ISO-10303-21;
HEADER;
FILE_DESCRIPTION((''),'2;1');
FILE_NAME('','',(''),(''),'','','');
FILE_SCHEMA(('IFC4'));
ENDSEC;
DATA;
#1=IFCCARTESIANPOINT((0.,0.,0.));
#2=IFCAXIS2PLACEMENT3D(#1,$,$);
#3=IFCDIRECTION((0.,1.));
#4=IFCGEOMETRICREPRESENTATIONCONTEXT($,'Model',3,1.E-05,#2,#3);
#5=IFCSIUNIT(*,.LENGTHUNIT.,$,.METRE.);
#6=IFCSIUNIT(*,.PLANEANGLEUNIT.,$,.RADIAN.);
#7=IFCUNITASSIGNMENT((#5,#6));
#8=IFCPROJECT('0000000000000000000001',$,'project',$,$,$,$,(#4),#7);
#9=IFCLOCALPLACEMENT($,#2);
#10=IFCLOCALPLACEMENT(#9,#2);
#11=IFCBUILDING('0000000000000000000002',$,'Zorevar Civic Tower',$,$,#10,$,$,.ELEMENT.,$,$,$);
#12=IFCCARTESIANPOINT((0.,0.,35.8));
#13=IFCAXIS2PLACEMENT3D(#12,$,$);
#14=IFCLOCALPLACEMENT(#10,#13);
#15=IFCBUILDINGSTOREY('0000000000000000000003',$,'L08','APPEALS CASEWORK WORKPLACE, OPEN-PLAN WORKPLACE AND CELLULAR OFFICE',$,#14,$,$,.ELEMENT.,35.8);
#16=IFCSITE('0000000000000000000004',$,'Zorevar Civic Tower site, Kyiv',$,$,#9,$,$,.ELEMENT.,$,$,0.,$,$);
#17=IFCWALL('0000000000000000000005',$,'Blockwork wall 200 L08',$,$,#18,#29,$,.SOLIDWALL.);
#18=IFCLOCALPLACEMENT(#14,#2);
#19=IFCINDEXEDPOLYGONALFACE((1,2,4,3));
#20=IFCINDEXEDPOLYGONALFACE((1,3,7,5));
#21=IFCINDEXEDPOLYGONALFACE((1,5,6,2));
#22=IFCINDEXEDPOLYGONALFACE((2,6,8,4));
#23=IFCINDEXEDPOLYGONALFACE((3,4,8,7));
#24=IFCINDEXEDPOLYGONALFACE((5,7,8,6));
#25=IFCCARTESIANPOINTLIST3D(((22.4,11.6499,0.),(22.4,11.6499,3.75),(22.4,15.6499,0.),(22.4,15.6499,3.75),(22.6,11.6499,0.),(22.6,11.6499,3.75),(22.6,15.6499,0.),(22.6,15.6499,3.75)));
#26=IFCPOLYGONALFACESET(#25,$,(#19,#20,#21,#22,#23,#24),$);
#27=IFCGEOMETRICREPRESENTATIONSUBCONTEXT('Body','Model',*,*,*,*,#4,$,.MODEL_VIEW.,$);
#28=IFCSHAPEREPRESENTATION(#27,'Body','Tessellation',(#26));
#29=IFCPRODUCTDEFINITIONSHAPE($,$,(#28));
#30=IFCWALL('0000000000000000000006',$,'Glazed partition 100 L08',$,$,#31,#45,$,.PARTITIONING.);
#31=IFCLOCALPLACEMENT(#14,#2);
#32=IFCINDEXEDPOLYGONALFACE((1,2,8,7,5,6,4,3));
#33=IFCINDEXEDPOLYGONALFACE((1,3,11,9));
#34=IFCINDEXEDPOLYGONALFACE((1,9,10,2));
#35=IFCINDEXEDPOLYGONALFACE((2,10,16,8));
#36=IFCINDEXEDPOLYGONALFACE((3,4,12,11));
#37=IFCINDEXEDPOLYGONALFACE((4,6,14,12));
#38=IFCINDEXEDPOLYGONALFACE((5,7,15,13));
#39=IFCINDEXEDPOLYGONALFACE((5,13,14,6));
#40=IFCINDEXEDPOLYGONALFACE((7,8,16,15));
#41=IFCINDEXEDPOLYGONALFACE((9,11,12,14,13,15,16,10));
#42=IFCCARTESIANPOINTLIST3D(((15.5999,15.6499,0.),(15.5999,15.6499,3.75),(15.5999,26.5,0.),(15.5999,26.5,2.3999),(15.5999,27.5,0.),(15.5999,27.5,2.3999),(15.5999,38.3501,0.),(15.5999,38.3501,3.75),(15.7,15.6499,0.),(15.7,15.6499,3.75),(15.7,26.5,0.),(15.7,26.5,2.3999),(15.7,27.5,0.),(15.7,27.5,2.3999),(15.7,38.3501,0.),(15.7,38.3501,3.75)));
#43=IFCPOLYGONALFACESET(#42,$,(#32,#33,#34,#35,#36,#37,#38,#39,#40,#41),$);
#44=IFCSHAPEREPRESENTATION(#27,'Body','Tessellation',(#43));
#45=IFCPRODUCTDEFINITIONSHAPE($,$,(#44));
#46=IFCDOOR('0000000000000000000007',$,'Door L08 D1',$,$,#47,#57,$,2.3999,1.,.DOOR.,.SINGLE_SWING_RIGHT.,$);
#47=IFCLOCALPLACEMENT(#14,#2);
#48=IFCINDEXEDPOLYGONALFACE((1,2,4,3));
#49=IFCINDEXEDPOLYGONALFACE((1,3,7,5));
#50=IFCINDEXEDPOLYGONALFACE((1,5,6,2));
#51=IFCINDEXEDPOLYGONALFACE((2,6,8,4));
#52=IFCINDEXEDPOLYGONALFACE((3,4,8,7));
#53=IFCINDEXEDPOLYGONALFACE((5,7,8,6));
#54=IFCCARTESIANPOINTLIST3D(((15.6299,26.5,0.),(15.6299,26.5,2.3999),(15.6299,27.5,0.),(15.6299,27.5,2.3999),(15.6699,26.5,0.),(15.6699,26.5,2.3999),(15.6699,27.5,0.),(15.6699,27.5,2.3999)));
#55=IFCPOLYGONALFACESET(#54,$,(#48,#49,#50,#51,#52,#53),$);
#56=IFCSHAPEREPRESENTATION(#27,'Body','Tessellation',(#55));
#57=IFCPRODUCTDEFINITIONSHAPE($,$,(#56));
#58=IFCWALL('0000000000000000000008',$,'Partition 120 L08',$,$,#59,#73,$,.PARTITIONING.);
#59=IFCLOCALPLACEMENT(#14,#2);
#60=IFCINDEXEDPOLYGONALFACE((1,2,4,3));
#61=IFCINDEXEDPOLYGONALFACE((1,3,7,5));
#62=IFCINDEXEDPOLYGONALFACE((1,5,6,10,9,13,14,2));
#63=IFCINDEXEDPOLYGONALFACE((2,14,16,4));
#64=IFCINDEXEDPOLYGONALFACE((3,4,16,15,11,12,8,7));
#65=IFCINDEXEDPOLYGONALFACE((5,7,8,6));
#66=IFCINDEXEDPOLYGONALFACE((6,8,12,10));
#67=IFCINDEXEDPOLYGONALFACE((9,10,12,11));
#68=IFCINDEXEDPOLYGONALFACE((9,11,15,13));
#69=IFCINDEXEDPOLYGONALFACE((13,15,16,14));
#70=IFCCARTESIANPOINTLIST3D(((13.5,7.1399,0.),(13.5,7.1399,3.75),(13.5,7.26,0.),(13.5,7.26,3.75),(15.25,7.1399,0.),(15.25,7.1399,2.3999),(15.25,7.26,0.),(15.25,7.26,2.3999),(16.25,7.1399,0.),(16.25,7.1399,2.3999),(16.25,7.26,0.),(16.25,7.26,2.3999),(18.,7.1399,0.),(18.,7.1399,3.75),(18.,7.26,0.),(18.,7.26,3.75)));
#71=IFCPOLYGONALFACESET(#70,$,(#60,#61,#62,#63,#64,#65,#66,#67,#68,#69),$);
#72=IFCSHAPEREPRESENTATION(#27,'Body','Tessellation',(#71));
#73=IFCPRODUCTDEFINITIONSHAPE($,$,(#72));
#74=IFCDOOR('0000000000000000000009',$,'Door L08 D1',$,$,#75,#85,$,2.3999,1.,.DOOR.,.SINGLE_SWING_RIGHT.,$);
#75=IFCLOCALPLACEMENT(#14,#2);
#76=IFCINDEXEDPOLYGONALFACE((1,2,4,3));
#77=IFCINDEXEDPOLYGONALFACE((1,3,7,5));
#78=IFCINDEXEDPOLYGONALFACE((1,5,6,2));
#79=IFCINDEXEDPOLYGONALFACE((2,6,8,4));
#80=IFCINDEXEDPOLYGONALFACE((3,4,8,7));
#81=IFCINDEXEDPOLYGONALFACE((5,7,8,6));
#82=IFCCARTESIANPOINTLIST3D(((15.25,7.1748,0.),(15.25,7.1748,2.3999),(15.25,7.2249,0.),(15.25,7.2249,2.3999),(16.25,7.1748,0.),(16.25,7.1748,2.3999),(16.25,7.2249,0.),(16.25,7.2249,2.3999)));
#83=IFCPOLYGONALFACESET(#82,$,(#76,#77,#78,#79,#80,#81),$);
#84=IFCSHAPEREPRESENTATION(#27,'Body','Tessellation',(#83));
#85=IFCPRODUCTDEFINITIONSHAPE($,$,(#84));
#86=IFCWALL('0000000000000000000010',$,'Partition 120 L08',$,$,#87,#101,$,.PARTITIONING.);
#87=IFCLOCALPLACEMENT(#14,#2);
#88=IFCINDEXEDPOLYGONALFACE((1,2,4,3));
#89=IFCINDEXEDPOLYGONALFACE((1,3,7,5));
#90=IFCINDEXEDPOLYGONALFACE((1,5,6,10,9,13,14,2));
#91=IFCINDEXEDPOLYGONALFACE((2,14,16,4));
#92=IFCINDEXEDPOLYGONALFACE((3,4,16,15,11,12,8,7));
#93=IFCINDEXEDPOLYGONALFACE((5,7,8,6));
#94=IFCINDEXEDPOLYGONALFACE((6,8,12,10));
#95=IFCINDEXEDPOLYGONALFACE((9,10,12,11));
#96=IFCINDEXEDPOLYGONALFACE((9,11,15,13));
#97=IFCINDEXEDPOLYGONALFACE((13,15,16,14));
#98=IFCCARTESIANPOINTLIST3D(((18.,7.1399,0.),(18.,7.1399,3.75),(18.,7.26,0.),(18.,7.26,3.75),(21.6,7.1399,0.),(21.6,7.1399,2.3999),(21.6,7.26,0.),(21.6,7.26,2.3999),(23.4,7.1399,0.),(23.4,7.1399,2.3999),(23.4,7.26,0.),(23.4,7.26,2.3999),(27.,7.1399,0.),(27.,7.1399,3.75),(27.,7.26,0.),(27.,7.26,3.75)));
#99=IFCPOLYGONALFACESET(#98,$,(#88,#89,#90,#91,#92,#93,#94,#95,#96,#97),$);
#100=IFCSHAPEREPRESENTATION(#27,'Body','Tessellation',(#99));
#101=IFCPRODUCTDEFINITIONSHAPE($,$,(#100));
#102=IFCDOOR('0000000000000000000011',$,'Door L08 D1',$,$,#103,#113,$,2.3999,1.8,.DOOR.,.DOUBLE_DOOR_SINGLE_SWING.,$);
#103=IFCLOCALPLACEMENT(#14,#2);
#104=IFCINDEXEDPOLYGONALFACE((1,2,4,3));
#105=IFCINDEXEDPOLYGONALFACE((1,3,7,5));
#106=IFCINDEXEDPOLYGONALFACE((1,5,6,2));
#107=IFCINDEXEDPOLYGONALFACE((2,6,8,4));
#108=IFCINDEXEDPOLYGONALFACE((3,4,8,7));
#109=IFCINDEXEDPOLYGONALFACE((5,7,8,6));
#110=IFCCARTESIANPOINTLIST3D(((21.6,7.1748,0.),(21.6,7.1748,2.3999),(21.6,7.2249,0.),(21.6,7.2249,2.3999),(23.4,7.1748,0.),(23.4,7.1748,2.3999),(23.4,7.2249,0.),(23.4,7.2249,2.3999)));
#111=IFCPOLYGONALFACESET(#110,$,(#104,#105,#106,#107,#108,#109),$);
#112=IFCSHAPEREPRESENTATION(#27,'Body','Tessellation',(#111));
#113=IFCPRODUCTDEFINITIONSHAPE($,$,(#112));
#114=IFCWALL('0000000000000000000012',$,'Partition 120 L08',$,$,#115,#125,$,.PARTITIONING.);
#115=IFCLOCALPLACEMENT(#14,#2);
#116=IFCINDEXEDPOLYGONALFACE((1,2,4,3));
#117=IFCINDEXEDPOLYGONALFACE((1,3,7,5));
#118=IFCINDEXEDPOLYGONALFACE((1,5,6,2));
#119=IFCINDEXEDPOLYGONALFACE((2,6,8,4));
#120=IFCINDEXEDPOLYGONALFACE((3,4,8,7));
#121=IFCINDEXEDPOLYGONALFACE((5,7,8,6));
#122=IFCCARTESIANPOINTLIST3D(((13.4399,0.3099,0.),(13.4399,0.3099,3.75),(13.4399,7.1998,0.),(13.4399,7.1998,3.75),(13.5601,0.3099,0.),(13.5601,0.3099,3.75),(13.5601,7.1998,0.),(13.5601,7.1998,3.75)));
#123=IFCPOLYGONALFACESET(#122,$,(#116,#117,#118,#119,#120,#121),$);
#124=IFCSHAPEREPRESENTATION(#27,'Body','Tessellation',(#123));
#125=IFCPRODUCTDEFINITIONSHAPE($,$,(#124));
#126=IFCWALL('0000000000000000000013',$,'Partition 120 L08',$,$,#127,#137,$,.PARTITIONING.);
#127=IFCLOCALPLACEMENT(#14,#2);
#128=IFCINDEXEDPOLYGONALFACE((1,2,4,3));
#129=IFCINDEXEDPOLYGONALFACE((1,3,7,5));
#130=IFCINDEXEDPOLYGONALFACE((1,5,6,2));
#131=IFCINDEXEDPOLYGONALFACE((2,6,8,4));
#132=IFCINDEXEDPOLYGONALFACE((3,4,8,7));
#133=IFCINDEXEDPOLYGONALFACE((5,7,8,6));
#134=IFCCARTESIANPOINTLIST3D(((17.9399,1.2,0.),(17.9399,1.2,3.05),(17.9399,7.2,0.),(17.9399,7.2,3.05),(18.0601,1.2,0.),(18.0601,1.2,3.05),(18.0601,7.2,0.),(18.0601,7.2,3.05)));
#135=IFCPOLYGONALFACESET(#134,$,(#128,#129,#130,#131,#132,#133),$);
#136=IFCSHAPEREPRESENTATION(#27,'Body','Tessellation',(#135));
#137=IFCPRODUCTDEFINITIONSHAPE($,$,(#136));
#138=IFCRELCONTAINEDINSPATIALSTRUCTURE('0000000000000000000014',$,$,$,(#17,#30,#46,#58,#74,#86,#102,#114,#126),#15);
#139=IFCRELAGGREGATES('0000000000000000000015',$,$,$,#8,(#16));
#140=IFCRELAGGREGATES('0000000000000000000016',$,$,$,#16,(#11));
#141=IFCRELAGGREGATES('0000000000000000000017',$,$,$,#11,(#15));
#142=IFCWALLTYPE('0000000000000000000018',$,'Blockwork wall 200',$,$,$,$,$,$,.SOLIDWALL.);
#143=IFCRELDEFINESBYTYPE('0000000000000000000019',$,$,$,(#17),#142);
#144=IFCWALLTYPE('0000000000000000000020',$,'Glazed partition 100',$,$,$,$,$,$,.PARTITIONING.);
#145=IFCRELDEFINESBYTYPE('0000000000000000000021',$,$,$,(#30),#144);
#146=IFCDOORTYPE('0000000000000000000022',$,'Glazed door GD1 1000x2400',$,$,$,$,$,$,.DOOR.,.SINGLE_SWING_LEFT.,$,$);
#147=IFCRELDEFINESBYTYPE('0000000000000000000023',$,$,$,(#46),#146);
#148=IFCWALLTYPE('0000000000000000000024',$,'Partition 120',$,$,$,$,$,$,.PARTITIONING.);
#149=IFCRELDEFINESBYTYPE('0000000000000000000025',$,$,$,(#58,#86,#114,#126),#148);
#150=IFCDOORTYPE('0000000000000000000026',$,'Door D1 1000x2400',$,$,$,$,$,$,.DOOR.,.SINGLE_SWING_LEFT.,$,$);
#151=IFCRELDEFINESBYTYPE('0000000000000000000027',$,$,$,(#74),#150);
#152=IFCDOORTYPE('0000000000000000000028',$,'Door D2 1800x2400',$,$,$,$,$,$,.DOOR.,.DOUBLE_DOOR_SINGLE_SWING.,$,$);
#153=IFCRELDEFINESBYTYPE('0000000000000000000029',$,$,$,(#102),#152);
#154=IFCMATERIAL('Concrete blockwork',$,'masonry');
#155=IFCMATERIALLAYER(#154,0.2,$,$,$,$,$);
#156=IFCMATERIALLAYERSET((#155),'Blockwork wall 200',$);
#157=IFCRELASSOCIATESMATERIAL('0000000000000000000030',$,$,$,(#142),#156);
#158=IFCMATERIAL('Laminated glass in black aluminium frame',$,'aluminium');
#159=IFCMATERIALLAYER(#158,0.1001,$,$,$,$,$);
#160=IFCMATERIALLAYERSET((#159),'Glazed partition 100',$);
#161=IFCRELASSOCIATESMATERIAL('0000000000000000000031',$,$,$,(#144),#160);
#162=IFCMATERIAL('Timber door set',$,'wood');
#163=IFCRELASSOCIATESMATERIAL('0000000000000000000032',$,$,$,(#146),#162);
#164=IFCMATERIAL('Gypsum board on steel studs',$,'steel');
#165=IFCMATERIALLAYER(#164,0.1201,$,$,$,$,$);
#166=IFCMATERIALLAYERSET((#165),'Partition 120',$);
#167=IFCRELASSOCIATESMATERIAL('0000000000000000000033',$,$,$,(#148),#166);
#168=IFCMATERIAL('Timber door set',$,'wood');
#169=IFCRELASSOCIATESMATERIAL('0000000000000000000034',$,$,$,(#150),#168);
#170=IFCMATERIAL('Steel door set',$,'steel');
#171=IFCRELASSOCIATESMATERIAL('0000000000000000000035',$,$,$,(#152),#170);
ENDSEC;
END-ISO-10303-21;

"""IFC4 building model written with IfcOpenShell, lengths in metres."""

from ifc_helpers import new_model, si_unit, direction, frame, frame_2d, origin, place, context, subcontext, project, spatial, rectangle, extrude, material, layer, layer_set, type_object, element, fill, save


model = new_model("IFC4")

# Units and contexts
model_context = context("Model", 3, precision=1e-05, world=origin(), true_north=direction((0.0, 1.0)))
body_context = subcontext(model_context, "Body", "Model", "MODEL_VIEW")
ifc_project = project(units=[si_unit("LENGTHUNIT", "METRE"), si_unit("PLANEANGLEUNIT", "RADIAN")], contexts=[model_context])

# Site, building, storey
site_placement = place(None, origin())
site = spatial("IfcSite", under=ifc_project, at=site_placement, Name="Zorevar Civic Tower site, Kyiv", CompositionType="ELEMENT", RefElevation=0.0)
building_placement = place(site_placement, origin())
building = spatial("IfcBuilding", under=site, at=building_placement, Name="Zorevar Civic Tower", CompositionType="ELEMENT")
storey_placement = place(building_placement, frame((0.0, 0.0, 35.8)))
storey = spatial("IfcBuildingStorey", under=building, at=storey_placement, Name="L08", Description="APPEALS CASEWORK WORKPLACE, OPEN-PLAN WORKPLACE AND CELLULAR OFFICE", CompositionType="ELEMENT", Elevation=35.8)

# Shared definitions
ifc_material_1 = material(Name="Concrete blockwork", Category="masonry")
ifc_layer_1 = layer(ifc_material_1, 0.2)
ifc_layer_set_1 = layer_set([ifc_layer_1], Name="Blockwork wall 200")
wall_type_1 = type_object("IfcWallType", Name="Blockwork wall 200", PredefinedType="SOLIDWALL", material=ifc_layer_set_1)

# Wall
for number, where, z_axis, x_axis, name in (
    (1, (22.5, 11.6499, 0.0), (0.0, 0.0, 1.0), (0.0, 1.0, 0.0), "Blockwork wall 200 L08"),
):
    element("IfcWall", number, at=place(storey_placement, frame(where, z_axis=z_axis, x_axis=x_axis)), inside=storey, type_object=wall_type_1, Name=name, PredefinedType="SOLIDWALL", context=body_context, shape_type="SweptSolid", body=[
        extrude(rectangle(XDim=4.0, YDim=0.2, at=frame_2d((2.0, 0.0))), origin(), (0.0, 0.0, 1.0), 3.75),
    ])

# Walls, openings, doors
ifc_material_2 = material(Name="Laminated glass in black aluminium frame", Category="aluminium")
ifc_layer_2 = layer(ifc_material_2, 0.1001)
ifc_layer_set_2 = layer_set([ifc_layer_2], Name="Glazed partition 100")
wall_type_2 = type_object("IfcWallType", Name="Glazed partition 100", PredefinedType="PARTITIONING", material=ifc_layer_set_2)
wall_1_placement = place(storey_placement, frame((15.6499, 15.6499, 0.0), z_axis=(0.0, 0.0, 1.0), x_axis=(0.0, 1.0, 0.0)))
wall_1 = element("IfcWall", 2, at=wall_1_placement, inside=storey, type_object=wall_type_2, Name="Glazed partition 100 L08", PredefinedType="PARTITIONING", context=body_context, shape_type="SweptSolid", body=[
    extrude(rectangle(XDim=22.7002, YDim=0.1001, at=frame_2d((11.3501, 0.0))), origin(), (0.0, 0.0, 1.0), 3.75),
])
opening_1_placement = place(wall_1_placement, frame((10.8501, 0.0, 0.0)))
opening_1 = element("IfcOpeningElement", 3, at=opening_1_placement, cuts=wall_1, PredefinedType="OPENING", context=body_context, shape_type="SweptSolid", body=[
    extrude(rectangle(XDim=1.0, YDim=2.3999, at=frame_2d((0.5, 1.2))), frame((0.0, 0.0601, 0.0), z_axis=(0.0, -1.0, 0.0), x_axis=(1.0, 0.0, 0.0)), (0.0, 0.0, 1.0), 0.1201),
])
ifc_material_3 = material(Name="Timber door set", Category="wood")
door_type_1 = type_object("IfcDoorType", Name="Glazed door GD1 1000x2400", OperationType="SINGLE_SWING_LEFT", PredefinedType="DOOR", material=ifc_material_3)
door_1_placement = place(opening_1_placement, origin())
door_1 = element("IfcDoor", 4, at=door_1_placement, inside=storey, type_object=door_type_1, Name="Door L08 D1", OperationType="SINGLE_SWING_RIGHT", OverallHeight=2.3999, OverallWidth=1.0, PredefinedType="DOOR", context=body_context, shape_type="SweptSolid", body=[
    extrude(rectangle(XDim=1.0, YDim=2.3999, at=frame_2d((0.5, 1.2))), frame((0.0, 0.02, 0.0), z_axis=(0.0, -1.0, 0.0), x_axis=(1.0, 0.0, 0.0)), (0.0, 0.0, 1.0), 0.04),
])
fill(opening_1, door_1)
ifc_material_4 = material(Name="Gypsum board on steel studs", Category="steel")
ifc_layer_3 = layer(ifc_material_4, 0.1201)
ifc_layer_set_3 = layer_set([ifc_layer_3], Name="Partition 120")
wall_type_3 = type_object("IfcWallType", Name="Partition 120", PredefinedType="PARTITIONING", material=ifc_layer_set_3)
wall_2_placement = place(storey_placement, frame((13.5, 7.2, 0.0), z_axis=(0.0, 0.0, 1.0), x_axis=(1.0, 0.0, 0.0)))
wall_2 = element("IfcWall", 5, at=wall_2_placement, inside=storey, type_object=wall_type_3, Name="Partition 120 L08", PredefinedType="PARTITIONING", context=body_context, shape_type="SweptSolid", body=[
    extrude(rectangle(XDim=4.5, YDim=0.1201, at=frame_2d((2.25, 0.0))), origin(), (0.0, 0.0, 1.0), 3.75),
])
opening_2_placement = place(wall_2_placement, frame((1.75, 0.0, 0.0)))
opening_2 = element("IfcOpeningElement", 6, at=opening_2_placement, cuts=wall_2, PredefinedType="OPENING", context=body_context, shape_type="SweptSolid", body=[
    extrude(rectangle(XDim=1.0, YDim=2.3999, at=frame_2d((0.5, 1.2))), frame((0.0, 0.0701, 0.0), z_axis=(0.0, -1.0, 0.0), x_axis=(1.0, 0.0, 0.0)), (0.0, 0.0, 1.0), 0.1401),
])
ifc_material_5 = material(Name="Timber door set", Category="wood")
door_type_2 = type_object("IfcDoorType", Name="Door D1 1000x2400", OperationType="SINGLE_SWING_LEFT", PredefinedType="DOOR", material=ifc_material_5)
door_2_placement = place(opening_2_placement, origin())
door_2 = element("IfcDoor", 7, at=door_2_placement, inside=storey, type_object=door_type_2, Name="Door L08 D1", OperationType="SINGLE_SWING_RIGHT", OverallHeight=2.3999, OverallWidth=1.0, PredefinedType="DOOR", context=body_context, shape_type="SweptSolid", body=[
    extrude(rectangle(XDim=1.0, YDim=2.3999, at=frame_2d((0.5, 1.2))), frame((0.0, 0.0249, 0.0), z_axis=(0.0, -1.0, 0.0), x_axis=(1.0, 0.0, 0.0)), (0.0, 0.0, 1.0), 0.05),
])
fill(opening_2, door_2)
wall_3_placement = place(storey_placement, frame((18.0, 7.2, 0.0), z_axis=(0.0, 0.0, 1.0), x_axis=(1.0, 0.0, 0.0)))
wall_3 = element("IfcWall", 8, at=wall_3_placement, inside=storey, type_object=wall_type_3, Name="Partition 120 L08", PredefinedType="PARTITIONING", context=body_context, shape_type="SweptSolid", body=[
    extrude(rectangle(XDim=9.0, YDim=0.1201, at=frame_2d((4.5, 0.0))), origin(), (0.0, 0.0, 1.0), 3.75),
])
opening_3_placement = place(wall_3_placement, frame((3.6001, 0.0, 0.0)))
opening_3 = element("IfcOpeningElement", 9, at=opening_3_placement, cuts=wall_3, PredefinedType="OPENING", context=body_context, shape_type="SweptSolid", body=[
    extrude(rectangle(XDim=1.8, YDim=2.3999, at=frame_2d((0.8999, 1.2))), frame((0.0, 0.0701, 0.0), z_axis=(0.0, -1.0, 0.0), x_axis=(1.0, 0.0, 0.0)), (0.0, 0.0, 1.0), 0.1401),
])
ifc_material_6 = material(Name="Steel door set", Category="steel")
door_type_3 = type_object("IfcDoorType", Name="Door D2 1800x2400", OperationType="DOUBLE_DOOR_SINGLE_SWING", PredefinedType="DOOR", material=ifc_material_6)
door_3_placement = place(opening_3_placement, origin())
door_3 = element("IfcDoor", 10, at=door_3_placement, inside=storey, type_object=door_type_3, Name="Door L08 D1", OperationType="DOUBLE_DOOR_SINGLE_SWING", OverallHeight=2.3999, OverallWidth=1.8, PredefinedType="DOOR", context=body_context, shape_type="SweptSolid", body=[
    extrude(rectangle(XDim=1.8, YDim=2.3999, at=frame_2d((0.8999, 1.2))), frame((0.0, 0.0249, 0.0), z_axis=(0.0, -1.0, 0.0), x_axis=(1.0, 0.0, 0.0)), (0.0, 0.0, 1.0), 0.05),
])
fill(opening_3, door_3)

# Walls
wall_4_placement = place(storey_placement, frame((13.5, 0.3101, 0.0), z_axis=(0.0, 0.0, 1.0), x_axis=(0.0, 1.0, 0.0)))
element("IfcWall", 11, at=wall_4_placement, inside=storey, type_object=wall_type_3, Name="Partition 120 L08", PredefinedType="PARTITIONING", context=body_context, shape_type="SweptSolid", body=[
    extrude(rectangle(XDim=6.8899, YDim=0.1201, at=frame_2d((3.4448, 0.0))), origin(), (0.0, 0.0, 1.0), 3.75),
])
wall_5_placement = place(storey_placement, frame((18.0, 1.2, 0.0), z_axis=(0.0, 0.0, 1.0), x_axis=(0.0, 1.0, 0.0)))
element("IfcWall", 12, at=wall_5_placement, inside=storey, type_object=wall_type_3, Name="Partition 120 L08", PredefinedType="PARTITIONING", context=body_context, shape_type="SweptSolid", body=[
    extrude(rectangle(XDim=6.0, YDim=0.1201, at=frame_2d((3.0, 0.0))), origin(), (0.0, 0.0, 1.0), 3.05),
])

save(model, "model.ifc")
